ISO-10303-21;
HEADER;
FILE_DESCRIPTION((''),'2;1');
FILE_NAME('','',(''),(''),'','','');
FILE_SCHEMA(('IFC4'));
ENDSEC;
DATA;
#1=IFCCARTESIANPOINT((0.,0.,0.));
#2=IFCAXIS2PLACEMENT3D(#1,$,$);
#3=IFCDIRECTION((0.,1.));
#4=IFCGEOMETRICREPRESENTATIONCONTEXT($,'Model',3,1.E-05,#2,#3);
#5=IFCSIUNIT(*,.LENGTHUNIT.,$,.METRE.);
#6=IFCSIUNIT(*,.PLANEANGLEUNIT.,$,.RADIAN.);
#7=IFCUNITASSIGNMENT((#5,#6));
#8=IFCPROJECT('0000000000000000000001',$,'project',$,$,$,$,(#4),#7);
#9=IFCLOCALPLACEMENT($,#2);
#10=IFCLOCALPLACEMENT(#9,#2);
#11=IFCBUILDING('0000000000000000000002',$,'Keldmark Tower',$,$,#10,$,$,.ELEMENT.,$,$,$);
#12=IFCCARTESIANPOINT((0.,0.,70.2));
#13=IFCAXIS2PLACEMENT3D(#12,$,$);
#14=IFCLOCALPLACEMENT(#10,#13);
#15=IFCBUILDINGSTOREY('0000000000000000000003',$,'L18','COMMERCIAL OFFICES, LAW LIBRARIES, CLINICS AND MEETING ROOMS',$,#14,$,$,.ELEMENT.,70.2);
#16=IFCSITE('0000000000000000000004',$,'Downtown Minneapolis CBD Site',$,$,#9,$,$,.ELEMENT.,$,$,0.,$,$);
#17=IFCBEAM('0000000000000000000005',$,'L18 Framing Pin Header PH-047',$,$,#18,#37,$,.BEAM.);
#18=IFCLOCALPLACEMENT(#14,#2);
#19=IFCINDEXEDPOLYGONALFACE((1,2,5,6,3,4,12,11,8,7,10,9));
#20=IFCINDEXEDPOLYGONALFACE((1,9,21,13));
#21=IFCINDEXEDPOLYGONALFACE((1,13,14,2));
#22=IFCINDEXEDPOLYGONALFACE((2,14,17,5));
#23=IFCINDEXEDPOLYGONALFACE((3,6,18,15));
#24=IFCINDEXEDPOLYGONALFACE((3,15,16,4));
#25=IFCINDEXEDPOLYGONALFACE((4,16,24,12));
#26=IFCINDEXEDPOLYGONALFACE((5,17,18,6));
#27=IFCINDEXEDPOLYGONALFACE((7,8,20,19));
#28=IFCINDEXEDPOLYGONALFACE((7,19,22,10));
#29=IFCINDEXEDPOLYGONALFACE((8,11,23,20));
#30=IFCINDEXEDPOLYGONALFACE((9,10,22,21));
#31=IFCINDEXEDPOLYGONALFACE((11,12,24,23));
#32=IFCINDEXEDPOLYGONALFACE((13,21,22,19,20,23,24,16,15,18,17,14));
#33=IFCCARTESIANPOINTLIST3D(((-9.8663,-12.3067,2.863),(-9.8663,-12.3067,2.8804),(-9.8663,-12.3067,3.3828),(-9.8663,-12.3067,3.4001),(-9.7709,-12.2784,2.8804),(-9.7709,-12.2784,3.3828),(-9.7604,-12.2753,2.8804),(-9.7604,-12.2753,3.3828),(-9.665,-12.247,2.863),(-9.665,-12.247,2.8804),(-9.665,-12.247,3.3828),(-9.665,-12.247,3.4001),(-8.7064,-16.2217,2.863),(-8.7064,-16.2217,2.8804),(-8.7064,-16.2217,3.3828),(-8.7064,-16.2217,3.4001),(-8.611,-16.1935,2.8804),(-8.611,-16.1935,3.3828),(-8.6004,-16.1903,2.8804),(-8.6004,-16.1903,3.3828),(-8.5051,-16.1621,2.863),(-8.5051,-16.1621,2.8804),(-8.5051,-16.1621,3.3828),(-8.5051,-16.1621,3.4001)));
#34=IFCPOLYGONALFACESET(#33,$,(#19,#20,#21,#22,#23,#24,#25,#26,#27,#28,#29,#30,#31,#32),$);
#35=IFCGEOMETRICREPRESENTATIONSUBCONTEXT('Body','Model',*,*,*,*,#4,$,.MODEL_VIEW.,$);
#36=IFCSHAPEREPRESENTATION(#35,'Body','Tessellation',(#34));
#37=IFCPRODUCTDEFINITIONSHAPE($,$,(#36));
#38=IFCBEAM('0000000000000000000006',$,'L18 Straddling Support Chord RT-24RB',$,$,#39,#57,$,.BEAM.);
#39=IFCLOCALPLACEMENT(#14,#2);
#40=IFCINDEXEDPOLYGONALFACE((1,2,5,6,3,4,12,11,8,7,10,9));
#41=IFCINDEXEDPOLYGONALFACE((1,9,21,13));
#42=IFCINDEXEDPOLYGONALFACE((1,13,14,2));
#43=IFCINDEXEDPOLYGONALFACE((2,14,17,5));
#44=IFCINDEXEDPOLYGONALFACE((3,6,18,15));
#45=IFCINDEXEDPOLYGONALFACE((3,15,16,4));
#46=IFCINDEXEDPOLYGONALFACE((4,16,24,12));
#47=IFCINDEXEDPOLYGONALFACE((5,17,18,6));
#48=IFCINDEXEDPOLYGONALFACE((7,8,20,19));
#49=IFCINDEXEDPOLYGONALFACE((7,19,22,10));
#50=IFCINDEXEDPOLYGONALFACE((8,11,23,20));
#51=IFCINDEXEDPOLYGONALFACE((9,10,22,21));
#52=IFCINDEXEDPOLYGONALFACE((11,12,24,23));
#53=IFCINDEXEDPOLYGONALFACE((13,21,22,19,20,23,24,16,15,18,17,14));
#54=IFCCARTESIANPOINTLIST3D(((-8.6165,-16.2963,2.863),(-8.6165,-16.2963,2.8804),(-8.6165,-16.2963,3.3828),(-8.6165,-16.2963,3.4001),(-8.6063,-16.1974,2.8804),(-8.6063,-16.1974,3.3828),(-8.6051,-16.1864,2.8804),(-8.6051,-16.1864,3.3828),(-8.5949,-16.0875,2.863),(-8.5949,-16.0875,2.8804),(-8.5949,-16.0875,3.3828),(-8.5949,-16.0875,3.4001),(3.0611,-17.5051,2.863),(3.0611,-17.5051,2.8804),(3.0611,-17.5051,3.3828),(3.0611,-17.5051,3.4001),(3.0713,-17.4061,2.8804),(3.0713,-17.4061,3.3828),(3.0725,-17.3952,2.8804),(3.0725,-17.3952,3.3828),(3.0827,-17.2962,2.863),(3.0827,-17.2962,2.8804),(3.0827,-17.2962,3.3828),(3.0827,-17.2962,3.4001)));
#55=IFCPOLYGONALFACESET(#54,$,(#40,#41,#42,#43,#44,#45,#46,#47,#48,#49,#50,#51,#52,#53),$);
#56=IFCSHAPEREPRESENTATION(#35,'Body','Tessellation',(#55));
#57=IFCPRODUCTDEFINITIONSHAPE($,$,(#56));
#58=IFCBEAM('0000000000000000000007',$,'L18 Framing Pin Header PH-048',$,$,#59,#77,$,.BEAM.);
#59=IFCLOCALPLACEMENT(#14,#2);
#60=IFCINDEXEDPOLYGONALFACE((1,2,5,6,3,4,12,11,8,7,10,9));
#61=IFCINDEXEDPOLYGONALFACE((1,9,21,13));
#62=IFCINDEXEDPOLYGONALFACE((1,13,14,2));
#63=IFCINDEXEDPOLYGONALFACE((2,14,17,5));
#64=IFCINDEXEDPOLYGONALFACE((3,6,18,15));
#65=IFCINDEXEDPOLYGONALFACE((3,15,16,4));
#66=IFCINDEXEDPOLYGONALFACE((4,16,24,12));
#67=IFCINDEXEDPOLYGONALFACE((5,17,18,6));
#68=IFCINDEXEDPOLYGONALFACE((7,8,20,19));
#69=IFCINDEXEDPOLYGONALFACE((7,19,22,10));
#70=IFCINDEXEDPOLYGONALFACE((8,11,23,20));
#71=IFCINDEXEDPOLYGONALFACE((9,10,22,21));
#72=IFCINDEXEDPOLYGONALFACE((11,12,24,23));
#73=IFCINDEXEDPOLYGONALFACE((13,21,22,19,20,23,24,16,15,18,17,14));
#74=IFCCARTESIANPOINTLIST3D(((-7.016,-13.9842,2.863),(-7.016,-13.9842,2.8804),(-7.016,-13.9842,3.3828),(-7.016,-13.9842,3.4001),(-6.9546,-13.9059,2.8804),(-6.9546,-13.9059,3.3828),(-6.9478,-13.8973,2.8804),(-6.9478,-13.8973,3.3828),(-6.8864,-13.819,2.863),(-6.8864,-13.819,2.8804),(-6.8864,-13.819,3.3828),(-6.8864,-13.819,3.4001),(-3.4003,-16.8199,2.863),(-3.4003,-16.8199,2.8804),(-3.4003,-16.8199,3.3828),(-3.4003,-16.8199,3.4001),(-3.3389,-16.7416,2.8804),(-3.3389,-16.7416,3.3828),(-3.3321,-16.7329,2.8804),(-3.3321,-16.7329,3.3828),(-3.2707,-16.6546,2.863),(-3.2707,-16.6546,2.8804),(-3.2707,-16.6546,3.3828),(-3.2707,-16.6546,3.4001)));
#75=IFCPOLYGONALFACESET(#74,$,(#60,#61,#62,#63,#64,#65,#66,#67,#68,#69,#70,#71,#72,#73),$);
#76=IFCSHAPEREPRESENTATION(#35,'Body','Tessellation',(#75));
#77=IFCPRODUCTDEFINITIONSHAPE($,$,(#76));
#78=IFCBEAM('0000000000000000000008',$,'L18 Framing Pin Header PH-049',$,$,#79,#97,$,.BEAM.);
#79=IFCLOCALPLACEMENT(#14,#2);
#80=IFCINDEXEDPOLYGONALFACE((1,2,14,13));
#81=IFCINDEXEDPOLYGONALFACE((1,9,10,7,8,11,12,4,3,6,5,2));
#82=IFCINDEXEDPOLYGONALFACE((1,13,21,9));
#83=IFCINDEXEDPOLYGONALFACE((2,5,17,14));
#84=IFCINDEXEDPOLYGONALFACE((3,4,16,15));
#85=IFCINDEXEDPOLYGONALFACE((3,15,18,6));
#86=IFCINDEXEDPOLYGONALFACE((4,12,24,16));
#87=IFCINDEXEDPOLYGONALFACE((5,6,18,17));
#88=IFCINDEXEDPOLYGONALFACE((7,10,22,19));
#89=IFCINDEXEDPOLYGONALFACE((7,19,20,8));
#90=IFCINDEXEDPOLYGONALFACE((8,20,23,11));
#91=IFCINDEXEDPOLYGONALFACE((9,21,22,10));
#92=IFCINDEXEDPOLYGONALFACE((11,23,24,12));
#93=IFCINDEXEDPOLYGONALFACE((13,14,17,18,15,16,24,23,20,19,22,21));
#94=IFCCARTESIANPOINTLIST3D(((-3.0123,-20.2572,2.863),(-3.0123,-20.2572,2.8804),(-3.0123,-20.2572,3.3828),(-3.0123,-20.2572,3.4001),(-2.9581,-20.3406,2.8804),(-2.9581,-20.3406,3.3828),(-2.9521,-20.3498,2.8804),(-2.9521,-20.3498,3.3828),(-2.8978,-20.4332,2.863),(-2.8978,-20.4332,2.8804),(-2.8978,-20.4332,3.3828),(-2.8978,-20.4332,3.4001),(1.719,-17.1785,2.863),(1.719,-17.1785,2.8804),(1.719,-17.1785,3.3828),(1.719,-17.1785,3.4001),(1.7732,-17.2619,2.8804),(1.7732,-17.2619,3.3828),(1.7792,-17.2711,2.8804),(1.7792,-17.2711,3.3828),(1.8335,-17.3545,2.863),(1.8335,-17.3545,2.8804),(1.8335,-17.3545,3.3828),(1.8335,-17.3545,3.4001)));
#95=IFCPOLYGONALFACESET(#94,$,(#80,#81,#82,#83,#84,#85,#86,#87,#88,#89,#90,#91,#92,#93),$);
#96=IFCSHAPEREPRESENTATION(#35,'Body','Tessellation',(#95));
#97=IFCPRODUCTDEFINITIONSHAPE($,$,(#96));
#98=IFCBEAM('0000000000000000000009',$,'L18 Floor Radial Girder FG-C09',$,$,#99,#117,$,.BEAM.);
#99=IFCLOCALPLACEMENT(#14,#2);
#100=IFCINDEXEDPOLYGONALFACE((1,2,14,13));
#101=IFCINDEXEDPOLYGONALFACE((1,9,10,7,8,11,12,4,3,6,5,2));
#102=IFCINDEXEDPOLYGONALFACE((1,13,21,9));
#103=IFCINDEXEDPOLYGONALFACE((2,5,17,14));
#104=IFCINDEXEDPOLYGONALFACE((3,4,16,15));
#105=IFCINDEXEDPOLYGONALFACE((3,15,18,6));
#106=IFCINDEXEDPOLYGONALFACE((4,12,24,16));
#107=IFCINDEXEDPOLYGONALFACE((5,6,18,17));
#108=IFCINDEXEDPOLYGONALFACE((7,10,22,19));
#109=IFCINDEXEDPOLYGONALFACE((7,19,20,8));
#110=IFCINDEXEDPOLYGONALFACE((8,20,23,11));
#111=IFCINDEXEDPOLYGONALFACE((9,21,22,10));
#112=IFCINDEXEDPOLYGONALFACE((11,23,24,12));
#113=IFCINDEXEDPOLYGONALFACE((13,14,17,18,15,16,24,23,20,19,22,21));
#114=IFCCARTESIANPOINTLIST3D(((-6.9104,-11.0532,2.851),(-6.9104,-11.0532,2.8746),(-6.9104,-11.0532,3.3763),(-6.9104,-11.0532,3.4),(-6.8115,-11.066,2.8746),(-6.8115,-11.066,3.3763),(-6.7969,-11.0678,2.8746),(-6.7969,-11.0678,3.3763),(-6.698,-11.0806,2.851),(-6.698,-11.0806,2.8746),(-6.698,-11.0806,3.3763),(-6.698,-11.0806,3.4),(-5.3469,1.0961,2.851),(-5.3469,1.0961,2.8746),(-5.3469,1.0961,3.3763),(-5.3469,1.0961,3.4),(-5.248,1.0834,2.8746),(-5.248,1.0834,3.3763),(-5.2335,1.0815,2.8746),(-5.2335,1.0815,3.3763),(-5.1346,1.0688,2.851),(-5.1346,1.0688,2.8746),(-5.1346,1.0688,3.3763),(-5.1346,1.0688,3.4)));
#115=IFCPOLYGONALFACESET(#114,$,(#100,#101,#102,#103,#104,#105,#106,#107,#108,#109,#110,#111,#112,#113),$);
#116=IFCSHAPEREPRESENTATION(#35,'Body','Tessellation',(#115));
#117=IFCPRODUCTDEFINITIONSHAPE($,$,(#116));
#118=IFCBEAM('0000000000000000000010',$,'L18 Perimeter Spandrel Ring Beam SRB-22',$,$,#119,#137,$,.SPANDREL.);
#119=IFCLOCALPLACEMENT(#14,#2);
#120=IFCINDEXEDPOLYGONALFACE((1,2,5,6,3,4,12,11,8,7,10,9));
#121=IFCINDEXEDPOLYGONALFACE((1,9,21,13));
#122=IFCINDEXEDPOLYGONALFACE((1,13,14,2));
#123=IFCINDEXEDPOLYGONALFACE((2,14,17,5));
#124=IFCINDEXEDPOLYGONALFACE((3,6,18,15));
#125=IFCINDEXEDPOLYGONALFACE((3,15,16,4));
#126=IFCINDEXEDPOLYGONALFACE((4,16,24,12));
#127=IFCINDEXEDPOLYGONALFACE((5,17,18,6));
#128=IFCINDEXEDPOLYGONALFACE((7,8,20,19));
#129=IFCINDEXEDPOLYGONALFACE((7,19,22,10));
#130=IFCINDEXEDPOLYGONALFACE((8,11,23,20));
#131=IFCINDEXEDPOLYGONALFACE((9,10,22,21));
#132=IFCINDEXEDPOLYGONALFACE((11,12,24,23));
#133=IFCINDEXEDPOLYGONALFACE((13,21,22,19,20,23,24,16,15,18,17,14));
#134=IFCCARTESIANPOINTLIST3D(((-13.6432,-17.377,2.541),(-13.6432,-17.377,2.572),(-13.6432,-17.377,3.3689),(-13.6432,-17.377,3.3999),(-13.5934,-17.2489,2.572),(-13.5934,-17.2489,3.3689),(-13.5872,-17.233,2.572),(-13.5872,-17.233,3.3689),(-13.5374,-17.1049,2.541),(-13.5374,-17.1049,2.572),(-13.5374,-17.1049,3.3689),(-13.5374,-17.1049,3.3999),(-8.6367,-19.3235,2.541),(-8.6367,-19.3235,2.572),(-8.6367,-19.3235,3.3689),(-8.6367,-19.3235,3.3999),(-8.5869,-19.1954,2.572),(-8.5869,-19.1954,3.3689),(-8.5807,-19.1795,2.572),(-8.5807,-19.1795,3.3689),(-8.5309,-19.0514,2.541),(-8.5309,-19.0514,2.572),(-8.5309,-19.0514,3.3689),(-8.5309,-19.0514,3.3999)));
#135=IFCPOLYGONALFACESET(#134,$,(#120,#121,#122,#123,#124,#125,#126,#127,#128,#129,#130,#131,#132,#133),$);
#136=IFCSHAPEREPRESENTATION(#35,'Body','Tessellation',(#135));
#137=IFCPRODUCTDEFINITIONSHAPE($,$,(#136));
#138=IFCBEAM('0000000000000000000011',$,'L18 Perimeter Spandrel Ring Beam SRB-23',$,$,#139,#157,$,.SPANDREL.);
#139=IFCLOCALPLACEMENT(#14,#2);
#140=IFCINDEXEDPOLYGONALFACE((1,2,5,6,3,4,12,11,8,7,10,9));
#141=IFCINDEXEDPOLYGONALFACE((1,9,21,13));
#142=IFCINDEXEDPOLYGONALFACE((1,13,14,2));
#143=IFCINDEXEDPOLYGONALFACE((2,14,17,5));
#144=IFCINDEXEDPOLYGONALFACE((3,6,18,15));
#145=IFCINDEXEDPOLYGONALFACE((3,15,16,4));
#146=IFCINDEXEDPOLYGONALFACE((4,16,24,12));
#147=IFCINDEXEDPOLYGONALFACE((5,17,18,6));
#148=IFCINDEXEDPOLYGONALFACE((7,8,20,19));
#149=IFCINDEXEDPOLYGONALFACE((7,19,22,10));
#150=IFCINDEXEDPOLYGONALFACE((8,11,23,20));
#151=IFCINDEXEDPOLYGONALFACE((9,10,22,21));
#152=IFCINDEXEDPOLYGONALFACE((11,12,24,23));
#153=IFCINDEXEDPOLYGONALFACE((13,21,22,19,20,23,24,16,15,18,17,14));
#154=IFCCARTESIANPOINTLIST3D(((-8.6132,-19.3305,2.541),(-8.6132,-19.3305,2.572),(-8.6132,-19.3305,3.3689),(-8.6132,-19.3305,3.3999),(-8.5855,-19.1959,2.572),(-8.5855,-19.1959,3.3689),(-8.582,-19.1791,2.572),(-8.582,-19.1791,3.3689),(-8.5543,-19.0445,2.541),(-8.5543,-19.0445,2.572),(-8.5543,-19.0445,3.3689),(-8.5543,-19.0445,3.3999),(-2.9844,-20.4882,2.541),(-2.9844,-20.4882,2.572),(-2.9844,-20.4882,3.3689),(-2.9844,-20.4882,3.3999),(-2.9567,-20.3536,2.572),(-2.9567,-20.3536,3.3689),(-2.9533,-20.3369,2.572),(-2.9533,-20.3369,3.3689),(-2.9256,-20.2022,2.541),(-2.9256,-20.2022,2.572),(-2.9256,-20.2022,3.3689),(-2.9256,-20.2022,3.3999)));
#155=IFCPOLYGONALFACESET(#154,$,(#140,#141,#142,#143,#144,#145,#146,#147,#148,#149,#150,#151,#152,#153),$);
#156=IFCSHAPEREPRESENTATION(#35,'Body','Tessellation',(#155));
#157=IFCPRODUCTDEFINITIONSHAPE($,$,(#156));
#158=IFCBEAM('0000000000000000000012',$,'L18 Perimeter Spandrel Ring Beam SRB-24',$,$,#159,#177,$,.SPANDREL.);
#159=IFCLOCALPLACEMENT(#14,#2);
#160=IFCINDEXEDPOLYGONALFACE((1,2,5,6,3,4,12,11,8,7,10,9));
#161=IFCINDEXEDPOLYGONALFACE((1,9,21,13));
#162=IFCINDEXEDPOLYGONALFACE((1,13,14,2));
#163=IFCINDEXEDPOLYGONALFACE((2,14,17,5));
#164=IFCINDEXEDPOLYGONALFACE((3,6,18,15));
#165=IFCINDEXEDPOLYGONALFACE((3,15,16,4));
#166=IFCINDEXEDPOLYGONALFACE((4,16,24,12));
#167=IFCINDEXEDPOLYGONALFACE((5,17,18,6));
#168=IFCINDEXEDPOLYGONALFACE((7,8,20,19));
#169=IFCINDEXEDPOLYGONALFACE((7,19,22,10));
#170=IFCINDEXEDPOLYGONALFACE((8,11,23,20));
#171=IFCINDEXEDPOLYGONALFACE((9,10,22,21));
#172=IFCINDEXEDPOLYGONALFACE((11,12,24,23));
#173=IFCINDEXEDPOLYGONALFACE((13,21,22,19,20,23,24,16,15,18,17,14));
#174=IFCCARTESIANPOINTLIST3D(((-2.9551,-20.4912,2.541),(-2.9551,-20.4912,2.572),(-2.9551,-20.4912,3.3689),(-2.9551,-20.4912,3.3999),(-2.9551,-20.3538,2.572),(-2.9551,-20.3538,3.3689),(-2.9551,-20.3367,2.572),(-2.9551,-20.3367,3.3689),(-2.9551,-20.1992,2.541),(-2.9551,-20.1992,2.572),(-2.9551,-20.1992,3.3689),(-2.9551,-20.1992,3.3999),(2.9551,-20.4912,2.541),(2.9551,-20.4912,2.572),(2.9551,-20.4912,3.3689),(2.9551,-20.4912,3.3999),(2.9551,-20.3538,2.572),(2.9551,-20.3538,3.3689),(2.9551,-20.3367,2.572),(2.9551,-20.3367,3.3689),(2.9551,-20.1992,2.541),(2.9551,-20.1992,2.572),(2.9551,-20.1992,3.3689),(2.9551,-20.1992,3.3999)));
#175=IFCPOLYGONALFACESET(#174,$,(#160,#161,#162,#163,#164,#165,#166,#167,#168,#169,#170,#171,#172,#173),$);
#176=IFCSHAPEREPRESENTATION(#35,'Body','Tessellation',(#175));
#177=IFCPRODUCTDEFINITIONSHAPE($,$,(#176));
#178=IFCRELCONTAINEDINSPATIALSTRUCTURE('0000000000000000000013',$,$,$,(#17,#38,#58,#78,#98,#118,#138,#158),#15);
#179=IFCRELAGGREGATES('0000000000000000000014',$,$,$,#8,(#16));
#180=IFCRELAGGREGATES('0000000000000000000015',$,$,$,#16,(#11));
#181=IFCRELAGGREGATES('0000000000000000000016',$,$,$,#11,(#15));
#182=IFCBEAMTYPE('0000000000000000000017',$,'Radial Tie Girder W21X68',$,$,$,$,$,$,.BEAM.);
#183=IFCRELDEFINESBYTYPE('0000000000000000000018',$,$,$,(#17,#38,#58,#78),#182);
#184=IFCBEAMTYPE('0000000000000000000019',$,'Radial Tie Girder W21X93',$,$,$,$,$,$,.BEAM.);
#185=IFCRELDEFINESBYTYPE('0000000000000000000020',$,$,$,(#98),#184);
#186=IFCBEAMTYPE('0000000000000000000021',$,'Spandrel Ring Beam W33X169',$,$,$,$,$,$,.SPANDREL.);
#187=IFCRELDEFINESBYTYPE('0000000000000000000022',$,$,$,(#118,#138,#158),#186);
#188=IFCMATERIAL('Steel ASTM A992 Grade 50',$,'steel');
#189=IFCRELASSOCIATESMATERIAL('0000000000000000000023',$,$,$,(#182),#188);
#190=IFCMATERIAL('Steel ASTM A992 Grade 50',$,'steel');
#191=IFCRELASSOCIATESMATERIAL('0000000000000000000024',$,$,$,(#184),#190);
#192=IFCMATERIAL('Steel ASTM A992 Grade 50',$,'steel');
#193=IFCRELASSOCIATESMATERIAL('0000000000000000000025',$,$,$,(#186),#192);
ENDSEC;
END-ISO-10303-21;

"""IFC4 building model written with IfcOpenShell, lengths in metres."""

from ifc_helpers import new_model, si_unit, direction, frame, origin, origin_2d, place, context, subcontext, project, spatial, i_section, extrude, material, material_profile, profile_set, type_object, element, save


model = new_model("IFC4")

# Units and contexts
model_context = context("Model", 3, precision=1e-05, world=origin(), true_north=direction((0.0, 1.0)))
body_context = subcontext(model_context, "Body", "Model", "MODEL_VIEW")
ifc_project = project(units=[si_unit("LENGTHUNIT", "METRE"), si_unit("PLANEANGLEUNIT", "RADIAN")], contexts=[model_context])

# Site, building, storey
site_placement = place(None, origin())
site = spatial("IfcSite", under=ifc_project, at=site_placement, Name="Downtown Minneapolis CBD Site", CompositionType="ELEMENT", RefElevation=0.0)
building_placement = place(site_placement, origin())
building = spatial("IfcBuilding", under=site, at=building_placement, Name="Keldmark Tower", CompositionType="ELEMENT")
storey_placement = place(building_placement, frame((0.0, 0.0, 70.2)))
storey = spatial("IfcBuildingStorey", under=building, at=storey_placement, Name="L18", Description="COMMERCIAL OFFICES, LAW LIBRARIES, CLINICS AND MEETING ROOMS", CompositionType="ELEMENT", Elevation=70.2)

# Beams
ifc_material_1 = material(Name="Steel ASTM A992 Grade 50", Category="steel")
ifc_material_profile_1 = material_profile(ifc_material_1, i_section(OverallWidth=0.21, OverallDepth=0.5371, WebThickness=0.011, FlangeThickness=0.0173, at=origin_2d()), Name="W21X68")
ifc_profile_set_1 = profile_set([ifc_material_profile_1], Name="Steel ASTM A992 Grade 50")
beam_type_1 = type_object("IfcBeamType", Name="Radial Tie Girder W21X68", PredefinedType="BEAM", material=ifc_profile_set_1)
beam_1_placement = place(storey_placement, frame((-9.7656, -12.2769, 3.1316), z_axis=(0.284066, -0.958805, 0.0), x_axis=(0.958805, 0.284066, 0.0)))
element("IfcBeam", 1, at=beam_1_placement, inside=storey, type_object=beam_type_1, Name="L18 Framing Pin Header PH-047", PredefinedType="BEAM", context=body_context, shape_type="SweptSolid", body=[
    extrude(i_section(OverallWidth=0.21, OverallDepth=0.5371, WebThickness=0.011, FlangeThickness=0.0173, at=origin_2d()), origin(), (0.0, 0.0, 1.0), 4.0833),
])
beam_2_placement = place(storey_placement, frame((-8.6057, -16.1919, 3.1316), z_axis=(0.994685, -0.10296, 0.0), x_axis=(0.10296, 0.994685, 0.0)))
element("IfcBeam", 2, at=beam_2_placement, inside=storey, type_object=beam_type_1, Name="L18 Straddling Support Chord RT-24RB", PredefinedType="BEAM", context=body_context, shape_type="SweptSolid", body=[
    extrude(i_section(OverallWidth=0.21, OverallDepth=0.5371, WebThickness=0.011, FlangeThickness=0.0173, at=origin_2d()), origin(), (0.0, 0.0, 1.0), 11.74),
])
beam_3_placement = place(storey_placement, frame((-6.9512, -13.9016, 3.1316), z_axis=(0.786871, -0.617117, 0.0), x_axis=(0.617117, 0.786871, 0.0)))
element("IfcBeam", 3, at=beam_3_placement, inside=storey, type_object=beam_type_1, Name="L18 Framing Pin Header PH-048", PredefinedType="BEAM", context=body_context, shape_type="SweptSolid", body=[
    extrude(i_section(OverallWidth=0.21, OverallDepth=0.5371, WebThickness=0.011, FlangeThickness=0.0173, at=origin_2d()), origin(), (0.0, 0.0, 1.0), 4.595),
])
beam_4_placement = place(storey_placement, frame((-2.9551, -20.3452, 3.1316), z_axis=(0.838174, 0.545403, 0.0), x_axis=(-0.545403, 0.838174, 0.0)))
element("IfcBeam", 4, at=beam_4_placement, inside=storey, type_object=beam_type_1, Name="L18 Framing Pin Header PH-049", PredefinedType="BEAM", context=body_context, shape_type="SweptSolid", body=[
    extrude(i_section(OverallWidth=0.21, OverallDepth=0.5371, WebThickness=0.011, FlangeThickness=0.0173, at=origin_2d()), origin(), (0.0, 0.0, 1.0), 5.6448),
])
ifc_material_2 = material(Name="Steel ASTM A992 Grade 50", Category="steel")
ifc_material_profile_2 = material_profile(ifc_material_2, i_section(OverallWidth=0.2141, OverallDepth=0.5491, WebThickness=0.0146, FlangeThickness=0.0237, at=origin_2d()), Name="W21X93")
ifc_profile_set_2 = profile_set([ifc_material_profile_2], Name="Steel ASTM A992 Grade 50")
beam_type_2 = type_object("IfcBeamType", Name="Radial Tie Girder W21X93", PredefinedType="BEAM", material=ifc_profile_set_2)
beam_5_placement = place(storey_placement, frame((-6.8042, -11.0669, 3.1255), z_axis=(0.127635, 0.991821, 0.0), x_axis=(-0.991821, 0.127635, 0.0)))
element("IfcBeam", 5, at=beam_5_placement, inside=storey, type_object=beam_type_2, Name="L18 Floor Radial Girder FG-C09", PredefinedType="BEAM", context=body_context, shape_type="SweptSolid", body=[
    extrude(i_section(OverallWidth=0.2141, OverallDepth=0.5491, WebThickness=0.0146, FlangeThickness=0.0237, at=origin_2d()), origin(), (0.0, 0.0, 1.0), 12.2495),
])
ifc_material_3 = material(Name="Steel ASTM A992 Grade 50", Category="steel")
ifc_material_profile_3 = material_profile(ifc_material_3, i_section(OverallWidth=0.292, OverallDepth=0.8589, WebThickness=0.0171, FlangeThickness=0.031, at=origin_2d()), Name="W33X169")
ifc_profile_set_3 = profile_set([ifc_material_profile_3], Name="Steel ASTM A992 Grade 50")
beam_type_3 = type_object("IfcBeamType", Name="Spandrel Ring Beam W33X169", PredefinedType="SPANDREL", material=ifc_profile_set_3)
beam_6_placement = place(storey_placement, frame((-13.5903, -17.241, 2.9705), z_axis=(0.932035, -0.362369, 0.0), x_axis=(0.362369, 0.932035, 0.0)))
element("IfcBeam", 6, at=beam_6_placement, inside=storey, type_object=beam_type_3, Name="L18 Perimeter Spandrel Ring Beam SRB-22", PredefinedType="SPANDREL", context=body_context, shape_type="SweptSolid", body=[
    extrude(i_section(OverallWidth=0.292, OverallDepth=0.8589, WebThickness=0.0171, FlangeThickness=0.031, at=origin_2d()), origin(), (0.0, 0.0, 1.0), 5.3716),
])
beam_7_placement = place(storey_placement, frame((-8.5837, -19.1875, 2.9705), z_axis=(0.979496, -0.201465, 0.0), x_axis=(0.201465, 0.979496, 0.0)))
element("IfcBeam", 7, at=beam_7_placement, inside=storey, type_object=beam_type_3, Name="L18 Perimeter Spandrel Ring Beam SRB-23", PredefinedType="SPANDREL", context=body_context, shape_type="SweptSolid", body=[
    extrude(i_section(OverallWidth=0.292, OverallDepth=0.8589, WebThickness=0.0171, FlangeThickness=0.031, at=origin_2d()), origin(), (0.0, 0.0, 1.0), 5.7466),
])
beam_8_placement = place(storey_placement, frame((-2.9551, -20.3452, 2.9705), z_axis=(1.0, 0.0, 0.0), x_axis=(0.0, 1.0, 0.0)))
element("IfcBeam", 8, at=beam_8_placement, inside=storey, type_object=beam_type_3, Name="L18 Perimeter Spandrel Ring Beam SRB-24", PredefinedType="SPANDREL", context=body_context, shape_type="SweptSolid", body=[
    extrude(i_section(OverallWidth=0.292, OverallDepth=0.8589, WebThickness=0.0171, FlangeThickness=0.031, at=origin_2d()), origin(), (0.0, 0.0, 1.0), 5.9102),
])

save(model, "model.ifc")
